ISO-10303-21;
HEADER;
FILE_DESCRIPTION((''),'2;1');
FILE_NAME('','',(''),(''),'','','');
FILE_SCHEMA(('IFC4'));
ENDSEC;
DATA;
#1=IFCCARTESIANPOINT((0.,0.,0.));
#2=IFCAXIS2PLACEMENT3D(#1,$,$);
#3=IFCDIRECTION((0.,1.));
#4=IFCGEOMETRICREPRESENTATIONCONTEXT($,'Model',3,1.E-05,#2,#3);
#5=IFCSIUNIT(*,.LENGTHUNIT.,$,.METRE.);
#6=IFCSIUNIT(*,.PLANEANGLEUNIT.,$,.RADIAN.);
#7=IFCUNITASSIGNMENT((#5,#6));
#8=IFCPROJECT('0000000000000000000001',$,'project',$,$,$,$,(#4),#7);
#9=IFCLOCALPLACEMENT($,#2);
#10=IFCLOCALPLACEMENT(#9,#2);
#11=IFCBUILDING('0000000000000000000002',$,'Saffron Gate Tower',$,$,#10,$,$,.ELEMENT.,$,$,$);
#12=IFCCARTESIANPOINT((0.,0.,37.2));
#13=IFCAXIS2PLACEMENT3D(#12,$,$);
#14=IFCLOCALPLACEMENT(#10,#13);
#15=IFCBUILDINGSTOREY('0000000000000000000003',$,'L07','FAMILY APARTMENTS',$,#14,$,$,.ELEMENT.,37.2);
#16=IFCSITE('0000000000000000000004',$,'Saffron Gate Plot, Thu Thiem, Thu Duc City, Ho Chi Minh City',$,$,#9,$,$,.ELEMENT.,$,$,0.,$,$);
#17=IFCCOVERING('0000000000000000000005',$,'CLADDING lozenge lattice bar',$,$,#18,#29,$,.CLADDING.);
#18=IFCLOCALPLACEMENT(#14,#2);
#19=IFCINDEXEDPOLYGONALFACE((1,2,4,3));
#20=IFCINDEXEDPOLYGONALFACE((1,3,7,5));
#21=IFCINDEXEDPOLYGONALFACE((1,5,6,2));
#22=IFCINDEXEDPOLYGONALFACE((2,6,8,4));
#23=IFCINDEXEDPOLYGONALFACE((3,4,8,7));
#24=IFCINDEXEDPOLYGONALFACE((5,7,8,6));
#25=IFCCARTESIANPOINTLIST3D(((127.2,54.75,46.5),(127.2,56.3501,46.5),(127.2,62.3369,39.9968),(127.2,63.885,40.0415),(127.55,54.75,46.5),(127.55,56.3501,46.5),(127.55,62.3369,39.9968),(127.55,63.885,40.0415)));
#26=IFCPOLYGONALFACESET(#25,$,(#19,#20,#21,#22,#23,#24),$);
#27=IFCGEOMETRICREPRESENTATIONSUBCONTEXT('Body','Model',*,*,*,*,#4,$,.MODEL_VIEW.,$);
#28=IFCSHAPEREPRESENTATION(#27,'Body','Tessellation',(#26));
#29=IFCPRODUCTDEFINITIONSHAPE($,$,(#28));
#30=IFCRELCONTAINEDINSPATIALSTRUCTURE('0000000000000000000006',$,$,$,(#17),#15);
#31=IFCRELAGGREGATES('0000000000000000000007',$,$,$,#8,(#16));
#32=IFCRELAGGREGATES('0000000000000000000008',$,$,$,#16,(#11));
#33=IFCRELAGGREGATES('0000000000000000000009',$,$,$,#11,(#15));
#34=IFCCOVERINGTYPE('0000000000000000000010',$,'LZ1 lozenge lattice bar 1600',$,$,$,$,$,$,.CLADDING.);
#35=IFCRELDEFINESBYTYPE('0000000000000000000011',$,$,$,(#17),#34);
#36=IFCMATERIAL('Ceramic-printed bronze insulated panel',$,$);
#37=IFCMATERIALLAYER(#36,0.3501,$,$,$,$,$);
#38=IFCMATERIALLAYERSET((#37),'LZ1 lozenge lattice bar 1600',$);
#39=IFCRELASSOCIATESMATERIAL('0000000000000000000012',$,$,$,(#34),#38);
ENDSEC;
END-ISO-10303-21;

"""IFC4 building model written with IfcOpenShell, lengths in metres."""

from ifc_helpers import new_model, si_unit, direction, frame, origin, place, context, subcontext, project, spatial, polyline, outline, extrude, material, layer, layer_set, type_object, element, save


model = new_model("IFC4")

# Units and contexts
model_context = context("Model", 3, precision=1e-05, world=origin(), true_north=direction((0.0, 1.0)))
body_context = subcontext(model_context, "Body", "Model", "MODEL_VIEW")
ifc_project = project(units=[si_unit("LENGTHUNIT", "METRE"), si_unit("PLANEANGLEUNIT", "RADIAN")], contexts=[model_context])

# Site, building, storey
site_placement = place(None, origin())
site = spatial("IfcSite", under=ifc_project, at=site_placement, Name="Saffron Gate Plot, Thu Thiem, Thu Duc City, Ho Chi Minh City", CompositionType="ELEMENT", RefElevation=0.0)
building_placement = place(site_placement, origin())
building = spatial("IfcBuilding", under=site, at=building_placement, Name="Saffron Gate Tower", CompositionType="ELEMENT")
storey_placement = place(building_placement, frame((0.0, 0.0, 37.2)))
storey = spatial("IfcBuildingStorey", under=building, at=storey_placement, Name="L07", Description="FAMILY APARTMENTS", CompositionType="ELEMENT", Elevation=37.2)

# Covering
ifc_material_1 = material(Name="Ceramic-printed bronze insulated panel")
ifc_layer_1 = layer(ifc_material_1, 0.3501)
ifc_layer_set_1 = layer_set([ifc_layer_1], Name="LZ1 lozenge lattice bar 1600")
covering_type_1 = type_object("IfcCoveringType", Name="LZ1 lozenge lattice bar 1600", PredefinedType="CLADDING", material=ifc_layer_set_1)
covering_1_placement = place(storey_placement, frame((127.55, 62.3369, 39.9968), z_axis=(1.0, 0.0, 0.0), x_axis=(0.0, 0.999584, 0.028848)))
element("IfcCovering", 1, at=covering_1_placement, inside=storey, type_object=covering_type_1, Name="CLADDING lozenge lattice bar", PredefinedType="CLADDING", context=body_context, shape_type="SweptSolid", body=[
    extrude(outline(polyline([(0.0, 0.0), (1.5487, 0.0), (-5.7967, 6.6732), (-7.3962, 6.7193), (0.0, 0.0)])), origin(), (0.0, 0.0, -1.0), 0.3501),
])

save(model, "model.ifc")
